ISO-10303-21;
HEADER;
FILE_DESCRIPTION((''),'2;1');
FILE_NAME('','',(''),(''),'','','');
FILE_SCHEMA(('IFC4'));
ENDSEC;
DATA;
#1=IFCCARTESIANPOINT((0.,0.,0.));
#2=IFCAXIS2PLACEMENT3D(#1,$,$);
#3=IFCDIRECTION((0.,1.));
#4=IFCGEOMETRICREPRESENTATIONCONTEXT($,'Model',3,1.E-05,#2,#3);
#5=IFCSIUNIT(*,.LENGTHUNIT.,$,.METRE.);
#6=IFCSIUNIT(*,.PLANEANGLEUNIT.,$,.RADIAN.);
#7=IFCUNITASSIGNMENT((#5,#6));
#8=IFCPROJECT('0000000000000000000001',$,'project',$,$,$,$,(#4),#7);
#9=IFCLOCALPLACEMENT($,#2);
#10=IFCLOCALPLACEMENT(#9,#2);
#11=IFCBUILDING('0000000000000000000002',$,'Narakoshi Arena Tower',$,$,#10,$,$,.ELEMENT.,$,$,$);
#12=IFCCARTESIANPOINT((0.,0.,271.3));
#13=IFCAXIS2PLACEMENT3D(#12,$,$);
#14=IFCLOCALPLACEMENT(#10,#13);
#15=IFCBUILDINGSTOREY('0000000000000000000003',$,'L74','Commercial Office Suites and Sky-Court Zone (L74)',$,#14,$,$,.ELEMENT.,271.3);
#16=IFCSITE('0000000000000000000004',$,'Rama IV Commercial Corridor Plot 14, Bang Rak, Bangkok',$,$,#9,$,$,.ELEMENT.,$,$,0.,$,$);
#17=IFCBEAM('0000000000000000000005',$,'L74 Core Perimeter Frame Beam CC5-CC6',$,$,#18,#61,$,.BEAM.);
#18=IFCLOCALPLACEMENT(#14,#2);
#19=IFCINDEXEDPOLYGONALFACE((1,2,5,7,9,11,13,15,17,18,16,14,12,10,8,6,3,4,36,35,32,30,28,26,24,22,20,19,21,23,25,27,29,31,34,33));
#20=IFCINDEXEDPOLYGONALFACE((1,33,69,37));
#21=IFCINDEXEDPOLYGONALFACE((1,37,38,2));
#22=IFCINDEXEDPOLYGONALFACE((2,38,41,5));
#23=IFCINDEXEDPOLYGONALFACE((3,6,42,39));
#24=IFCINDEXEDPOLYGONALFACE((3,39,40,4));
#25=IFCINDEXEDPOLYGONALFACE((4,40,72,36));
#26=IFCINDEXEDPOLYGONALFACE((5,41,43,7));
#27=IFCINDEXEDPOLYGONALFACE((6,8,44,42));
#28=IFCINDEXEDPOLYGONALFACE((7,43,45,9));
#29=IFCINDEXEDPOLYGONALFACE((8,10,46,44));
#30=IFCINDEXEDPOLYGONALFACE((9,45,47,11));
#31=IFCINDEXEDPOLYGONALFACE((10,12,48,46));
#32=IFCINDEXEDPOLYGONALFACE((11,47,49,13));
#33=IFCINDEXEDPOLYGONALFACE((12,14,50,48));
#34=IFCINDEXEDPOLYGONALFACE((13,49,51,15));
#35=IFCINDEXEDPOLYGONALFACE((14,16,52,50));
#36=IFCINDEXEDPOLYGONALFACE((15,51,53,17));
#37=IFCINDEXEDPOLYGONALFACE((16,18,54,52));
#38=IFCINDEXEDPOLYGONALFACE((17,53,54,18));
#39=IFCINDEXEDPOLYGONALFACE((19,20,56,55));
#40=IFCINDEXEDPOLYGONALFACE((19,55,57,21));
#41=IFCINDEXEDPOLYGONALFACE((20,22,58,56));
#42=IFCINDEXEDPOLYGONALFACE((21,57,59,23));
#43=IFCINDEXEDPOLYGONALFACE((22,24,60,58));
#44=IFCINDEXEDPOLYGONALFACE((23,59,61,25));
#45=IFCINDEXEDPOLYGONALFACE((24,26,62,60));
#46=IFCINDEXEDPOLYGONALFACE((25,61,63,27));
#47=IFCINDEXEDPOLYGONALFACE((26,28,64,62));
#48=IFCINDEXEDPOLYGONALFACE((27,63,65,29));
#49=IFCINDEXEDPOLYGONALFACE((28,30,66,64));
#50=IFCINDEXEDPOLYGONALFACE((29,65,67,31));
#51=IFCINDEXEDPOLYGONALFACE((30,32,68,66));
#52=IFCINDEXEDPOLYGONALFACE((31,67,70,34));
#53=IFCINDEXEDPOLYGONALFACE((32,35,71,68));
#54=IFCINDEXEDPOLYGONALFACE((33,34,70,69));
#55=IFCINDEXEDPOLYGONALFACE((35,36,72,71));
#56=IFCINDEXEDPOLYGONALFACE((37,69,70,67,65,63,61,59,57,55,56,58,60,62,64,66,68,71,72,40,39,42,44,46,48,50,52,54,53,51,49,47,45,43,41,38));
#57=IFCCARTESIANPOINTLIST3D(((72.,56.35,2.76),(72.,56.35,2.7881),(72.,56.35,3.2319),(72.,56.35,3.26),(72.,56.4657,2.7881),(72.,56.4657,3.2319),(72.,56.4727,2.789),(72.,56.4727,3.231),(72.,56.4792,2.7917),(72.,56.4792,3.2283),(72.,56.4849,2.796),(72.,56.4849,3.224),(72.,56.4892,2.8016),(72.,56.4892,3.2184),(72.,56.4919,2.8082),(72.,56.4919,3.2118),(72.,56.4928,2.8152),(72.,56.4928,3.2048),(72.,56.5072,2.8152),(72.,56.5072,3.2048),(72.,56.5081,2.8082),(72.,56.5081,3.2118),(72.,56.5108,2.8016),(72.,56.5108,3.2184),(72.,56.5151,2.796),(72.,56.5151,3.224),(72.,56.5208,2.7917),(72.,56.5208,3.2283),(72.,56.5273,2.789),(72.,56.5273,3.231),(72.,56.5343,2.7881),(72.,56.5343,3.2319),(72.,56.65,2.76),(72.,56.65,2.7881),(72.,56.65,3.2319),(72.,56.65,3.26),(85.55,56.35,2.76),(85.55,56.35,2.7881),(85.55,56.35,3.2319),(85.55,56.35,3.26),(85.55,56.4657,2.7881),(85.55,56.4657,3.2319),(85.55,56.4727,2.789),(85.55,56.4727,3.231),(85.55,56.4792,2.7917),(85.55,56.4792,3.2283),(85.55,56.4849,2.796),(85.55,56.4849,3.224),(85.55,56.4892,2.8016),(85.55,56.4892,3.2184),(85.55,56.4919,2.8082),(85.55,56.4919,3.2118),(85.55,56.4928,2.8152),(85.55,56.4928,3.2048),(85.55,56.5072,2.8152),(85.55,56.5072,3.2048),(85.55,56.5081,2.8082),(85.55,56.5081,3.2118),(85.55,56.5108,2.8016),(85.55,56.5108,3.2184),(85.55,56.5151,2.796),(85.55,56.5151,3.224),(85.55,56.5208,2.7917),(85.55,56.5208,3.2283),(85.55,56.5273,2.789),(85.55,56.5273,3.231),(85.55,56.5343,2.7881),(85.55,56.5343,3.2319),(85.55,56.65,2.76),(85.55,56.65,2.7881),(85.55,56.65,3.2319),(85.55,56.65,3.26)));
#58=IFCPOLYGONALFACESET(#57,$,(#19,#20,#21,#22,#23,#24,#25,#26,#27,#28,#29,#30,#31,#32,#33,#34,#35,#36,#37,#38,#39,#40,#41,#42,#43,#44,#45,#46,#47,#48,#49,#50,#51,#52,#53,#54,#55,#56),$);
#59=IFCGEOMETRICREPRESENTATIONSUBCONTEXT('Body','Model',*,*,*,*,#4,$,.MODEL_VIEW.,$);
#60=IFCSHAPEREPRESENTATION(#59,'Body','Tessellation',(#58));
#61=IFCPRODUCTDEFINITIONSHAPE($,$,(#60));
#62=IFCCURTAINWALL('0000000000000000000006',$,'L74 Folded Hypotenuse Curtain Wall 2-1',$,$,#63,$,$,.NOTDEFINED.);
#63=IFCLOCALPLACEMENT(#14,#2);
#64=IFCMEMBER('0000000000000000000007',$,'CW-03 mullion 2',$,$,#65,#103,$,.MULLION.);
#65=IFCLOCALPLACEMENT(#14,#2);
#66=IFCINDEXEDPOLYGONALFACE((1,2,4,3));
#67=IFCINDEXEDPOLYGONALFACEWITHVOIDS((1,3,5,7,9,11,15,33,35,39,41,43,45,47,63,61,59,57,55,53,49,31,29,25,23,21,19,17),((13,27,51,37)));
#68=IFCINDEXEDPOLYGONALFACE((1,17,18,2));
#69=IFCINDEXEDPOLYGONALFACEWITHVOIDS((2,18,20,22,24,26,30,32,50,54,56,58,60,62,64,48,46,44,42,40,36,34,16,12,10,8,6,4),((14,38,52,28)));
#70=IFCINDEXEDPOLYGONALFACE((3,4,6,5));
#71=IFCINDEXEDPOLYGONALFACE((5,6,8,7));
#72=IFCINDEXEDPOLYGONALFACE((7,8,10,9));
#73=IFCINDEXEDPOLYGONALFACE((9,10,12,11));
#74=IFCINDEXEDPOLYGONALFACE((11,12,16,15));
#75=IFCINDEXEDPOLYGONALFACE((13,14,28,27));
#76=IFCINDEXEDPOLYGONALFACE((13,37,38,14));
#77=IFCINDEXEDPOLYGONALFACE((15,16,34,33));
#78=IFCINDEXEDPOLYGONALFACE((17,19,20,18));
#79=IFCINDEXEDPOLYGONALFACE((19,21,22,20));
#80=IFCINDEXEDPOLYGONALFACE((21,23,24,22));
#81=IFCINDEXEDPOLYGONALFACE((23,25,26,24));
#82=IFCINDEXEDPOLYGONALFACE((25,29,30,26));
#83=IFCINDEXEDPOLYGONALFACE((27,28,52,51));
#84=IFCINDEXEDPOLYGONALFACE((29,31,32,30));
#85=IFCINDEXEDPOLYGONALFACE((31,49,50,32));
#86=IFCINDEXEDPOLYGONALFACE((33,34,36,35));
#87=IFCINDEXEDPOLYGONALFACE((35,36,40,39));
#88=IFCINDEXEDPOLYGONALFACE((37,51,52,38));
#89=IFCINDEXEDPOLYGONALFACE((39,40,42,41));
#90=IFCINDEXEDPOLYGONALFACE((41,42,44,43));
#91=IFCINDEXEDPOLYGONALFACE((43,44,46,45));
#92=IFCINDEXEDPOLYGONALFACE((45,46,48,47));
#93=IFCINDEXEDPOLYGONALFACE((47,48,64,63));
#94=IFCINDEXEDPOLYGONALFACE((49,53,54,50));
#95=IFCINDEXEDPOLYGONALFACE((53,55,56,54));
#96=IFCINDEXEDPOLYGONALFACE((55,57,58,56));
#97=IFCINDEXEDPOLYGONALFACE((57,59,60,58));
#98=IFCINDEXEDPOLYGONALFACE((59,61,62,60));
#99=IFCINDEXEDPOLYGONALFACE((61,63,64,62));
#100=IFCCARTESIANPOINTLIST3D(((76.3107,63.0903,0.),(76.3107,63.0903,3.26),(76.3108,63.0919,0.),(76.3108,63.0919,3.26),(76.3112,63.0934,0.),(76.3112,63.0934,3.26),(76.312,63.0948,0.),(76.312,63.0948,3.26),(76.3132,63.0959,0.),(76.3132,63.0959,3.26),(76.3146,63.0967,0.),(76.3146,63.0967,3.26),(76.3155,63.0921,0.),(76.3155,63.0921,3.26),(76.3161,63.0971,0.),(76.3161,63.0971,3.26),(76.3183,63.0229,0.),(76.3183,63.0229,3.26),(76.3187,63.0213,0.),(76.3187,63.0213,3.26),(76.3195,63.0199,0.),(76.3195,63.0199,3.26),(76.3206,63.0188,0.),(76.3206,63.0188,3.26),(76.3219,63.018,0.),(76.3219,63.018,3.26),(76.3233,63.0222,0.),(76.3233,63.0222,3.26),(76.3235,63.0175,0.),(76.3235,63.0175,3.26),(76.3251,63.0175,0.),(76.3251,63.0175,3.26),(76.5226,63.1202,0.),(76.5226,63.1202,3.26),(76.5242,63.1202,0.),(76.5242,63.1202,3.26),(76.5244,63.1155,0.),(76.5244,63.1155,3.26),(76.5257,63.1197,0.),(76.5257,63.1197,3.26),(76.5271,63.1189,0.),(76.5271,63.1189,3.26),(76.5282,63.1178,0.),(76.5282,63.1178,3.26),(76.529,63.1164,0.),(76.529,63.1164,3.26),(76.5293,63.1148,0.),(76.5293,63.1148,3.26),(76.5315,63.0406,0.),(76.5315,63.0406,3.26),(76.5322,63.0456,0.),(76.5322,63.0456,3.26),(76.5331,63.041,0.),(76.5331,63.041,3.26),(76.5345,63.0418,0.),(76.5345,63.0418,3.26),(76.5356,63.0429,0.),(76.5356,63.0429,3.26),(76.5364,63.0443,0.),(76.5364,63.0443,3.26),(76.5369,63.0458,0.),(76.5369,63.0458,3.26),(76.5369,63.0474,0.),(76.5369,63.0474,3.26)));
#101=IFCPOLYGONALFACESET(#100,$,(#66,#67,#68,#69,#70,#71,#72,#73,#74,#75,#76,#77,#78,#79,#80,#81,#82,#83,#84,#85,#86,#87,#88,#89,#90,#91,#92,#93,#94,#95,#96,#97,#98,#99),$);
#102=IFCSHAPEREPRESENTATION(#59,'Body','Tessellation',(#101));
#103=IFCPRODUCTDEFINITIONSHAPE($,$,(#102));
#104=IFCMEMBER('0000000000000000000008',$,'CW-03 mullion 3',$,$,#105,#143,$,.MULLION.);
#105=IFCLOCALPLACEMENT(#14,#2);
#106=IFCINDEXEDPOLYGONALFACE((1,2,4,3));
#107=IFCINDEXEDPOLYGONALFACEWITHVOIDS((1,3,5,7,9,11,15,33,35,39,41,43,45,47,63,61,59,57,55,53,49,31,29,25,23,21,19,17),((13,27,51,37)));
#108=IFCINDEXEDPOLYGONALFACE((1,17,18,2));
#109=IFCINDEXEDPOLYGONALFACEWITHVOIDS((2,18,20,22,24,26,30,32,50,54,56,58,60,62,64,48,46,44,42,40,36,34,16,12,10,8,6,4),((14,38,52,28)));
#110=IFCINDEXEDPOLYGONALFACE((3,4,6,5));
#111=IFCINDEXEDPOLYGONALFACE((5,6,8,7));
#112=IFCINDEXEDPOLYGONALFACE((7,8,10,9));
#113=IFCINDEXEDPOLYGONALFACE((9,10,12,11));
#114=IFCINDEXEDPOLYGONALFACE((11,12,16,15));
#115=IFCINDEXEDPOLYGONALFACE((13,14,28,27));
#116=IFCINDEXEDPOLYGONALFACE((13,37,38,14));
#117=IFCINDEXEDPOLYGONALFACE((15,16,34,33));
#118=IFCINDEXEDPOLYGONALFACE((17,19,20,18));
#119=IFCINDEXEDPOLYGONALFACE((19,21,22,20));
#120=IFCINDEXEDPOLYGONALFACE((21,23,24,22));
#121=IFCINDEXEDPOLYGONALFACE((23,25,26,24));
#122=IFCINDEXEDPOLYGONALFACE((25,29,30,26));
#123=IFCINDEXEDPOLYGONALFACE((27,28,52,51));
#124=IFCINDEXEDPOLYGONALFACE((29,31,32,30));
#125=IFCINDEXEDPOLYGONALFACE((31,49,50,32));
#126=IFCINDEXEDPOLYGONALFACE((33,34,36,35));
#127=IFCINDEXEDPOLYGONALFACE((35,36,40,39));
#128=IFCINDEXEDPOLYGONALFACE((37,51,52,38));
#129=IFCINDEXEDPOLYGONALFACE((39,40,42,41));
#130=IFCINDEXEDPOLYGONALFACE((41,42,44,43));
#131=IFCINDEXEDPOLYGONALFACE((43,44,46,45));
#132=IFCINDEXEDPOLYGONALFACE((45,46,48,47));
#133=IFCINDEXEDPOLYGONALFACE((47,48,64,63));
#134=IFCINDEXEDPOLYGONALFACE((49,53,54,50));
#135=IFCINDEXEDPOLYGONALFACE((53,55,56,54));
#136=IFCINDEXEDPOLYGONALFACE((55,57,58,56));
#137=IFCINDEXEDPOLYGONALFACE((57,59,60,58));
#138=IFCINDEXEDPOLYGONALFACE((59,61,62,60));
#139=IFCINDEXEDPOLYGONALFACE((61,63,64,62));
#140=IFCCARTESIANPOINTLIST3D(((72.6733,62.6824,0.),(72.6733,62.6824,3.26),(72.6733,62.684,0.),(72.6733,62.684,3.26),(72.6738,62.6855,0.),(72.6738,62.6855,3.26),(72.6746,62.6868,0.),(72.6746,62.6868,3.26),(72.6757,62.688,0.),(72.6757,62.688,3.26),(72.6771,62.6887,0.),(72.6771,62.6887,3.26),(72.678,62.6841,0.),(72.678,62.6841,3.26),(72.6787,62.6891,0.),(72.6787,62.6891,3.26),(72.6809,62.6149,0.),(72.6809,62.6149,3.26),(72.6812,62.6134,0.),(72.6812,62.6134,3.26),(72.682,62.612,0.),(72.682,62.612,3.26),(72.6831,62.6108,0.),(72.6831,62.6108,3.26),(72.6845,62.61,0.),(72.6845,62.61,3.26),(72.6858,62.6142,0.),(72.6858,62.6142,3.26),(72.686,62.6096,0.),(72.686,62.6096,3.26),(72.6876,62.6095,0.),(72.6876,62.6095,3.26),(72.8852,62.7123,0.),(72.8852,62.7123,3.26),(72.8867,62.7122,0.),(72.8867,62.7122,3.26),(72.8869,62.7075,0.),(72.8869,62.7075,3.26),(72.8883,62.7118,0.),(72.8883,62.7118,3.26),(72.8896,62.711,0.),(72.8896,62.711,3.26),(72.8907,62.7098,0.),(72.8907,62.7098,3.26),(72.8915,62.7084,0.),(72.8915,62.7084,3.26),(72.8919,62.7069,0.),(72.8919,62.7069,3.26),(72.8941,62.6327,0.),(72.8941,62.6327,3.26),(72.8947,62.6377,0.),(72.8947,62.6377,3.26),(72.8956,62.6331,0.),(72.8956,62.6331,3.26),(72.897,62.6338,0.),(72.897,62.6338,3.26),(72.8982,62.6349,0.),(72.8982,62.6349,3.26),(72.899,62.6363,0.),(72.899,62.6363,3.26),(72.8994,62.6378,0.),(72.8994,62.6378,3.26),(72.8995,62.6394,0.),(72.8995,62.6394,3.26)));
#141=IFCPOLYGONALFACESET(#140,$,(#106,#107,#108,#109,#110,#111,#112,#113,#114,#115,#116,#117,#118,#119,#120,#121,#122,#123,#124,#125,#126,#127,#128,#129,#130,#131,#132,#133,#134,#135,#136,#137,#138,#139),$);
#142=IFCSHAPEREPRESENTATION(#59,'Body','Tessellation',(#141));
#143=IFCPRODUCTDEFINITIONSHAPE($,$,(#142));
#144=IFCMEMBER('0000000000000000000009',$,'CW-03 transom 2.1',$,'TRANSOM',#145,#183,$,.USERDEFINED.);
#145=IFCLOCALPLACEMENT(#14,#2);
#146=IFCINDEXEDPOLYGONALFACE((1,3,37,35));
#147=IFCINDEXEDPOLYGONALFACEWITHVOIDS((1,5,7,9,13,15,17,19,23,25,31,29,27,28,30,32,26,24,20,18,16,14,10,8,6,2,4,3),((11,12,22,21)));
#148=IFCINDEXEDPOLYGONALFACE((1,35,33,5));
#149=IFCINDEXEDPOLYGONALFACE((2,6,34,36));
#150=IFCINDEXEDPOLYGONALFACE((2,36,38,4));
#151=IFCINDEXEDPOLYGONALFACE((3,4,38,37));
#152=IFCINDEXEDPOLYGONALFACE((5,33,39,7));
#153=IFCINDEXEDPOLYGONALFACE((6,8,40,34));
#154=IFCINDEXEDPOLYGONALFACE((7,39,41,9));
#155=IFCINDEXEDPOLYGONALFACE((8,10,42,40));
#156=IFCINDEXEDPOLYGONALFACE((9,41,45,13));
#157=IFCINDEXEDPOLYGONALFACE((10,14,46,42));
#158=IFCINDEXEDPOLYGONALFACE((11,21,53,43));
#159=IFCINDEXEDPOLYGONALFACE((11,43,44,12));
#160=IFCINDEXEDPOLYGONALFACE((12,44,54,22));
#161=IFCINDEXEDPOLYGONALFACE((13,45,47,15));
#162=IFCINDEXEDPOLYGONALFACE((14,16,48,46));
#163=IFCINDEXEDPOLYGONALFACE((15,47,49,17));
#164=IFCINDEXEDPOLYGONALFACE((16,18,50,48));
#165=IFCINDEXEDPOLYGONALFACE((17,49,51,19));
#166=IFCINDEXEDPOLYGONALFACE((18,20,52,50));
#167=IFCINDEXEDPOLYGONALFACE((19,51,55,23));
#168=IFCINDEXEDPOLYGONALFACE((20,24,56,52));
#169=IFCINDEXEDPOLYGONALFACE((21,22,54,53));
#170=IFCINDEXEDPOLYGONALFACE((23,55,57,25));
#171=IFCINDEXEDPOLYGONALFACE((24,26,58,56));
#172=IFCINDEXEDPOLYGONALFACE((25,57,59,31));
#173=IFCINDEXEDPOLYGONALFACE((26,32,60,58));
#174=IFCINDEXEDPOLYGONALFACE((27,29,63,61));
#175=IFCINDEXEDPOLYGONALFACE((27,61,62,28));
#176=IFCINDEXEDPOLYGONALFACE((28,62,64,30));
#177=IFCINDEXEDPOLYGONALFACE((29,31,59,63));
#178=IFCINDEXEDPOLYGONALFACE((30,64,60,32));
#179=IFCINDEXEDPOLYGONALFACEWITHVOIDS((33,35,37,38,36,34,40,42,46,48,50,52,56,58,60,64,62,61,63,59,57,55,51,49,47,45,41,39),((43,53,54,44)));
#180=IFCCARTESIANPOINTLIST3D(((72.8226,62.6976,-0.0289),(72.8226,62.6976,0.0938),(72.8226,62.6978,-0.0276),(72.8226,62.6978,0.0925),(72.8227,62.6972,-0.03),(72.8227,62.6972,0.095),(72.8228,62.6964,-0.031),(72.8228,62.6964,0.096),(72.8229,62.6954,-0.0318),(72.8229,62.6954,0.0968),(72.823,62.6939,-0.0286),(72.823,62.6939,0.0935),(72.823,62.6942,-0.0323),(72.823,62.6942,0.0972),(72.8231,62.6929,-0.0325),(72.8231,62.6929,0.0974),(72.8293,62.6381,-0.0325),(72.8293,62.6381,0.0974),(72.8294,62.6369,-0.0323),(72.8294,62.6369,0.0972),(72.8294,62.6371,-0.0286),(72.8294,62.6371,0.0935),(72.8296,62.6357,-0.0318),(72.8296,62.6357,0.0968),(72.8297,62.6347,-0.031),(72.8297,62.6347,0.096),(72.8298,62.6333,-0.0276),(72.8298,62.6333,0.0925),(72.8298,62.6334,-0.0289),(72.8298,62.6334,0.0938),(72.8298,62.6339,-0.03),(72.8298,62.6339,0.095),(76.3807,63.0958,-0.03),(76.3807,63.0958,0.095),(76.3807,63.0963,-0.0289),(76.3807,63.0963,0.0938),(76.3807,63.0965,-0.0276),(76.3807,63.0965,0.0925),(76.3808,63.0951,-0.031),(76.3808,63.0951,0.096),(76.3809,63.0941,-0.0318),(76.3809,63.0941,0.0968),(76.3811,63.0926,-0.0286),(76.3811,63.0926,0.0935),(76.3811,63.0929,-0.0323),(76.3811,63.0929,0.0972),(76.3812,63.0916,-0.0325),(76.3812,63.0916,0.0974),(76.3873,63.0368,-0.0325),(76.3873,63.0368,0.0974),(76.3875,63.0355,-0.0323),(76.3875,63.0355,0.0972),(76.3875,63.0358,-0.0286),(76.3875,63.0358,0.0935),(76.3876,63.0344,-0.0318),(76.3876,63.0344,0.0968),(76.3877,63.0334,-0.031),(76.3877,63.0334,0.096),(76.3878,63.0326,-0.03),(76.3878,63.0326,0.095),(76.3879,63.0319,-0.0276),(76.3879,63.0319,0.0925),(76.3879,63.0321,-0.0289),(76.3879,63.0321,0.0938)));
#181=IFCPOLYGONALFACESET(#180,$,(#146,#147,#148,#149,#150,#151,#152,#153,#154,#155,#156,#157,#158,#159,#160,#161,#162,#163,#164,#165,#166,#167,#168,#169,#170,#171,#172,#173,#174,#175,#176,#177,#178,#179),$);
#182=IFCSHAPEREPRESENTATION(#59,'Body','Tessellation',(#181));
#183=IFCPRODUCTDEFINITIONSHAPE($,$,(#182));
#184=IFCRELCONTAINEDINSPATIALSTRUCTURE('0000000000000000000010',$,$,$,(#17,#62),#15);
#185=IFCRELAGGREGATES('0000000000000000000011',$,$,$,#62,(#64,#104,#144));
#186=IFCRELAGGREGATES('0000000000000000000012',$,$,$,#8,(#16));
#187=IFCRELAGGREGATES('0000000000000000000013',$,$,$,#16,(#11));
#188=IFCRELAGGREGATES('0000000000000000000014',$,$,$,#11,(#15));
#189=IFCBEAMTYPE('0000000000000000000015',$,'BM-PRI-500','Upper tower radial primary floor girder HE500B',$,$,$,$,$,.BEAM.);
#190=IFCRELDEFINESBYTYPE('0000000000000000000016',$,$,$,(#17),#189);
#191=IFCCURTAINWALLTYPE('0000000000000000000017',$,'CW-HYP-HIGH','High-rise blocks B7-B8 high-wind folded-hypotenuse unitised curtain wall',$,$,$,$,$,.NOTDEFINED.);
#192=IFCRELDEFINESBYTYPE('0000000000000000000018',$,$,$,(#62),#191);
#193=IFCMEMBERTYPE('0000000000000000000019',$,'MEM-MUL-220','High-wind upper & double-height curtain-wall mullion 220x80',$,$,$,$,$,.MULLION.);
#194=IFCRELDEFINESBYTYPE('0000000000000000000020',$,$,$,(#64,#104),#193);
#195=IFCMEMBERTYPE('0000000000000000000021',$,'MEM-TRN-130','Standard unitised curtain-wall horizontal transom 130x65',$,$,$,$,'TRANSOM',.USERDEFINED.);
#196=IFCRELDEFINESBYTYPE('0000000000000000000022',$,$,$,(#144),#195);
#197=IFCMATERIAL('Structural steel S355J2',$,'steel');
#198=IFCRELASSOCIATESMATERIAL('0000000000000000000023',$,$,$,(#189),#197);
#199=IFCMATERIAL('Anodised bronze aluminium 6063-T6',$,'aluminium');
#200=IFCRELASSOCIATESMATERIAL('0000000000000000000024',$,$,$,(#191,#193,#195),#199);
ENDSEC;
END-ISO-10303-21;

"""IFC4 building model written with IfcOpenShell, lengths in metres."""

from ifc_helpers import new_model, si_unit, direction, frame, origin, origin_2d, place, context, subcontext, project, spatial, hollow_rectangle, i_section, extrude, material, material_profile, profile_set, type_object, element, aggregate, save


model = new_model("IFC4")

# Units and contexts
model_context = context("Model", 3, precision=1e-05, world=origin(), true_north=direction((0.0, 1.0)))
body_context = subcontext(model_context, "Body", "Model", "MODEL_VIEW")
ifc_project = project(units=[si_unit("LENGTHUNIT", "METRE"), si_unit("PLANEANGLEUNIT", "RADIAN")], contexts=[model_context])

# Site, building, storey
site_placement = place(None, origin())
site = spatial("IfcSite", under=ifc_project, at=site_placement, Name="Rama IV Commercial Corridor Plot 14, Bang Rak, Bangkok", CompositionType="ELEMENT", RefElevation=0.0)
building_placement = place(site_placement, origin())
building = spatial("IfcBuilding", under=site, at=building_placement, Name="Narakoshi Arena Tower", CompositionType="ELEMENT")
storey_placement = place(building_placement, frame((0.0, 0.0, 271.3)))
storey = spatial("IfcBuildingStorey", under=building, at=storey_placement, Name="L74", Description="Commercial Office Suites and Sky-Court Zone (L74)", CompositionType="ELEMENT", Elevation=271.3)

# Beam
ifc_material_1 = material(Name="Structural steel S355J2", Category="steel")
ifc_material_profile_1 = material_profile(ifc_material_1, i_section(OverallWidth=0.3, OverallDepth=0.5, WebThickness=0.0144, FlangeThickness=0.0281, FilletRadius=0.0271, at=origin_2d()), Name="HE500B")
ifc_profile_set_1 = profile_set([ifc_material_profile_1], Name="Structural steel S355J2")
beam_type = type_object("IfcBeamType", Name="BM-PRI-500", Description="Upper tower radial primary floor girder HE500B", PredefinedType="BEAM", material=ifc_profile_set_1)
beam_1_placement = place(storey_placement, frame((72.0, 56.5, 3.01), z_axis=(1.0, 0.0, 0.0), x_axis=(0.0, 1.0, 0.0)))
element("IfcBeam", 1, at=beam_1_placement, inside=storey, type_object=beam_type, Name="L74 Core Perimeter Frame Beam CC5-CC6", PredefinedType="BEAM", context=body_context, shape_type="SweptSolid", body=[
    extrude(i_section(OverallWidth=0.3, OverallDepth=0.5, WebThickness=0.0144, FlangeThickness=0.0281, FilletRadius=0.0271, at=origin_2d()), origin(), (0.0, 0.0, 1.0), 13.55),
])

# Curtain wall, members
ifc_material_2 = material(Name="Anodised bronze aluminium 6063-T6", Category="aluminium")
curtain_wall_type = type_object("IfcCurtainWallType", Name="CW-HYP-HIGH", Description="High-rise blocks B7-B8 high-wind folded-hypotenuse unitised curtain wall", PredefinedType="NOTDEFINED", material=ifc_material_2)
curtain_wall_placement = place(storey_placement, origin())
curtain_wall = element("IfcCurtainWall", 2, at=curtain_wall_placement, inside=storey, type_object=curtain_wall_type, Name="L74 Folded Hypotenuse Curtain Wall 2-1", PredefinedType="NOTDEFINED")
ifc_material_profile_2 = material_profile(ifc_material_2, hollow_rectangle(XDim=0.0801, YDim=0.22, WallThickness=0.0049, OuterFilletRadius=0.0061, at=origin_2d()), Name="MUL220x80x5")
ifc_profile_set_2 = profile_set([ifc_material_profile_2], Name="Anodised bronze aluminium 6063-T6")
member_type_1 = type_object("IfcMemberType", Name="MEM-MUL-220", Description="High-wind upper & double-height curtain-wall mullion 220x80", PredefinedType="MULLION", material=ifc_profile_set_2)
member_1_placement = place(storey_placement, frame((76.4238, 63.0688, 0.0), z_axis=(0.0, 0.0, 1.0), x_axis=(0.111396, -0.993776, 0.0)))
member_1 = element("IfcMember", 3, at=member_1_placement, type_object=member_type_1, Name="CW-03 mullion 2", PredefinedType="MULLION", context=body_context, shape_type="SweptSolid", body=[
    extrude(hollow_rectangle(XDim=0.0801, YDim=0.22, WallThickness=0.0049, OuterFilletRadius=0.0061, at=origin_2d()), origin(), (0.0, 0.0, 1.0), 3.26),
])
member_2_placement = place(storey_placement, frame((72.7864, 62.6609, 0.0), z_axis=(0.0, 0.0, 1.0), x_axis=(0.111396, -0.993776, 0.0)))
member_2 = element("IfcMember", 4, at=member_2_placement, type_object=member_type_1, Name="CW-03 mullion 3", PredefinedType="MULLION", context=body_context, shape_type="SweptSolid", body=[
    extrude(hollow_rectangle(XDim=0.0801, YDim=0.22, WallThickness=0.0049, OuterFilletRadius=0.0061, at=origin_2d()), origin(), (0.0, 0.0, 1.0), 3.26),
])
ifc_material_profile_3 = material_profile(ifc_material_2, hollow_rectangle(XDim=0.0649, YDim=0.1299, WallThickness=0.0039, OuterFilletRadius=0.0049, at=origin_2d()), Name="TRN130x65x4")
ifc_profile_set_3 = profile_set([ifc_material_profile_3], Name="Anodised bronze aluminium 6063-T6")
member_type_2 = type_object("IfcMemberType", Name="MEM-TRN-130", Description="Standard unitised curtain-wall horizontal transom 130x65", ElementType="TRANSOM", PredefinedType="USERDEFINED", material=ifc_profile_set_3)
member_3_placement = place(storey_placement, frame((76.3843, 63.0642, 0.0325), z_axis=(-0.993781, -0.111352, 0.0), x_axis=(0.111352, -0.993781, 0.0)))
member_3 = element("IfcMember", 5, at=member_3_placement, type_object=member_type_2, Name="CW-03 transom 2.1", ObjectType="TRANSOM", PredefinedType="USERDEFINED", context=body_context, shape_type="SweptSolid", body=[
    extrude(hollow_rectangle(XDim=0.0649, YDim=0.1299, WallThickness=0.0039, OuterFilletRadius=0.0049, at=origin_2d()), origin(), (0.0, 0.0, 1.0), 3.5803),
])
aggregate(curtain_wall, [member_1, member_2, member_3])

save(model, "model.ifc")
